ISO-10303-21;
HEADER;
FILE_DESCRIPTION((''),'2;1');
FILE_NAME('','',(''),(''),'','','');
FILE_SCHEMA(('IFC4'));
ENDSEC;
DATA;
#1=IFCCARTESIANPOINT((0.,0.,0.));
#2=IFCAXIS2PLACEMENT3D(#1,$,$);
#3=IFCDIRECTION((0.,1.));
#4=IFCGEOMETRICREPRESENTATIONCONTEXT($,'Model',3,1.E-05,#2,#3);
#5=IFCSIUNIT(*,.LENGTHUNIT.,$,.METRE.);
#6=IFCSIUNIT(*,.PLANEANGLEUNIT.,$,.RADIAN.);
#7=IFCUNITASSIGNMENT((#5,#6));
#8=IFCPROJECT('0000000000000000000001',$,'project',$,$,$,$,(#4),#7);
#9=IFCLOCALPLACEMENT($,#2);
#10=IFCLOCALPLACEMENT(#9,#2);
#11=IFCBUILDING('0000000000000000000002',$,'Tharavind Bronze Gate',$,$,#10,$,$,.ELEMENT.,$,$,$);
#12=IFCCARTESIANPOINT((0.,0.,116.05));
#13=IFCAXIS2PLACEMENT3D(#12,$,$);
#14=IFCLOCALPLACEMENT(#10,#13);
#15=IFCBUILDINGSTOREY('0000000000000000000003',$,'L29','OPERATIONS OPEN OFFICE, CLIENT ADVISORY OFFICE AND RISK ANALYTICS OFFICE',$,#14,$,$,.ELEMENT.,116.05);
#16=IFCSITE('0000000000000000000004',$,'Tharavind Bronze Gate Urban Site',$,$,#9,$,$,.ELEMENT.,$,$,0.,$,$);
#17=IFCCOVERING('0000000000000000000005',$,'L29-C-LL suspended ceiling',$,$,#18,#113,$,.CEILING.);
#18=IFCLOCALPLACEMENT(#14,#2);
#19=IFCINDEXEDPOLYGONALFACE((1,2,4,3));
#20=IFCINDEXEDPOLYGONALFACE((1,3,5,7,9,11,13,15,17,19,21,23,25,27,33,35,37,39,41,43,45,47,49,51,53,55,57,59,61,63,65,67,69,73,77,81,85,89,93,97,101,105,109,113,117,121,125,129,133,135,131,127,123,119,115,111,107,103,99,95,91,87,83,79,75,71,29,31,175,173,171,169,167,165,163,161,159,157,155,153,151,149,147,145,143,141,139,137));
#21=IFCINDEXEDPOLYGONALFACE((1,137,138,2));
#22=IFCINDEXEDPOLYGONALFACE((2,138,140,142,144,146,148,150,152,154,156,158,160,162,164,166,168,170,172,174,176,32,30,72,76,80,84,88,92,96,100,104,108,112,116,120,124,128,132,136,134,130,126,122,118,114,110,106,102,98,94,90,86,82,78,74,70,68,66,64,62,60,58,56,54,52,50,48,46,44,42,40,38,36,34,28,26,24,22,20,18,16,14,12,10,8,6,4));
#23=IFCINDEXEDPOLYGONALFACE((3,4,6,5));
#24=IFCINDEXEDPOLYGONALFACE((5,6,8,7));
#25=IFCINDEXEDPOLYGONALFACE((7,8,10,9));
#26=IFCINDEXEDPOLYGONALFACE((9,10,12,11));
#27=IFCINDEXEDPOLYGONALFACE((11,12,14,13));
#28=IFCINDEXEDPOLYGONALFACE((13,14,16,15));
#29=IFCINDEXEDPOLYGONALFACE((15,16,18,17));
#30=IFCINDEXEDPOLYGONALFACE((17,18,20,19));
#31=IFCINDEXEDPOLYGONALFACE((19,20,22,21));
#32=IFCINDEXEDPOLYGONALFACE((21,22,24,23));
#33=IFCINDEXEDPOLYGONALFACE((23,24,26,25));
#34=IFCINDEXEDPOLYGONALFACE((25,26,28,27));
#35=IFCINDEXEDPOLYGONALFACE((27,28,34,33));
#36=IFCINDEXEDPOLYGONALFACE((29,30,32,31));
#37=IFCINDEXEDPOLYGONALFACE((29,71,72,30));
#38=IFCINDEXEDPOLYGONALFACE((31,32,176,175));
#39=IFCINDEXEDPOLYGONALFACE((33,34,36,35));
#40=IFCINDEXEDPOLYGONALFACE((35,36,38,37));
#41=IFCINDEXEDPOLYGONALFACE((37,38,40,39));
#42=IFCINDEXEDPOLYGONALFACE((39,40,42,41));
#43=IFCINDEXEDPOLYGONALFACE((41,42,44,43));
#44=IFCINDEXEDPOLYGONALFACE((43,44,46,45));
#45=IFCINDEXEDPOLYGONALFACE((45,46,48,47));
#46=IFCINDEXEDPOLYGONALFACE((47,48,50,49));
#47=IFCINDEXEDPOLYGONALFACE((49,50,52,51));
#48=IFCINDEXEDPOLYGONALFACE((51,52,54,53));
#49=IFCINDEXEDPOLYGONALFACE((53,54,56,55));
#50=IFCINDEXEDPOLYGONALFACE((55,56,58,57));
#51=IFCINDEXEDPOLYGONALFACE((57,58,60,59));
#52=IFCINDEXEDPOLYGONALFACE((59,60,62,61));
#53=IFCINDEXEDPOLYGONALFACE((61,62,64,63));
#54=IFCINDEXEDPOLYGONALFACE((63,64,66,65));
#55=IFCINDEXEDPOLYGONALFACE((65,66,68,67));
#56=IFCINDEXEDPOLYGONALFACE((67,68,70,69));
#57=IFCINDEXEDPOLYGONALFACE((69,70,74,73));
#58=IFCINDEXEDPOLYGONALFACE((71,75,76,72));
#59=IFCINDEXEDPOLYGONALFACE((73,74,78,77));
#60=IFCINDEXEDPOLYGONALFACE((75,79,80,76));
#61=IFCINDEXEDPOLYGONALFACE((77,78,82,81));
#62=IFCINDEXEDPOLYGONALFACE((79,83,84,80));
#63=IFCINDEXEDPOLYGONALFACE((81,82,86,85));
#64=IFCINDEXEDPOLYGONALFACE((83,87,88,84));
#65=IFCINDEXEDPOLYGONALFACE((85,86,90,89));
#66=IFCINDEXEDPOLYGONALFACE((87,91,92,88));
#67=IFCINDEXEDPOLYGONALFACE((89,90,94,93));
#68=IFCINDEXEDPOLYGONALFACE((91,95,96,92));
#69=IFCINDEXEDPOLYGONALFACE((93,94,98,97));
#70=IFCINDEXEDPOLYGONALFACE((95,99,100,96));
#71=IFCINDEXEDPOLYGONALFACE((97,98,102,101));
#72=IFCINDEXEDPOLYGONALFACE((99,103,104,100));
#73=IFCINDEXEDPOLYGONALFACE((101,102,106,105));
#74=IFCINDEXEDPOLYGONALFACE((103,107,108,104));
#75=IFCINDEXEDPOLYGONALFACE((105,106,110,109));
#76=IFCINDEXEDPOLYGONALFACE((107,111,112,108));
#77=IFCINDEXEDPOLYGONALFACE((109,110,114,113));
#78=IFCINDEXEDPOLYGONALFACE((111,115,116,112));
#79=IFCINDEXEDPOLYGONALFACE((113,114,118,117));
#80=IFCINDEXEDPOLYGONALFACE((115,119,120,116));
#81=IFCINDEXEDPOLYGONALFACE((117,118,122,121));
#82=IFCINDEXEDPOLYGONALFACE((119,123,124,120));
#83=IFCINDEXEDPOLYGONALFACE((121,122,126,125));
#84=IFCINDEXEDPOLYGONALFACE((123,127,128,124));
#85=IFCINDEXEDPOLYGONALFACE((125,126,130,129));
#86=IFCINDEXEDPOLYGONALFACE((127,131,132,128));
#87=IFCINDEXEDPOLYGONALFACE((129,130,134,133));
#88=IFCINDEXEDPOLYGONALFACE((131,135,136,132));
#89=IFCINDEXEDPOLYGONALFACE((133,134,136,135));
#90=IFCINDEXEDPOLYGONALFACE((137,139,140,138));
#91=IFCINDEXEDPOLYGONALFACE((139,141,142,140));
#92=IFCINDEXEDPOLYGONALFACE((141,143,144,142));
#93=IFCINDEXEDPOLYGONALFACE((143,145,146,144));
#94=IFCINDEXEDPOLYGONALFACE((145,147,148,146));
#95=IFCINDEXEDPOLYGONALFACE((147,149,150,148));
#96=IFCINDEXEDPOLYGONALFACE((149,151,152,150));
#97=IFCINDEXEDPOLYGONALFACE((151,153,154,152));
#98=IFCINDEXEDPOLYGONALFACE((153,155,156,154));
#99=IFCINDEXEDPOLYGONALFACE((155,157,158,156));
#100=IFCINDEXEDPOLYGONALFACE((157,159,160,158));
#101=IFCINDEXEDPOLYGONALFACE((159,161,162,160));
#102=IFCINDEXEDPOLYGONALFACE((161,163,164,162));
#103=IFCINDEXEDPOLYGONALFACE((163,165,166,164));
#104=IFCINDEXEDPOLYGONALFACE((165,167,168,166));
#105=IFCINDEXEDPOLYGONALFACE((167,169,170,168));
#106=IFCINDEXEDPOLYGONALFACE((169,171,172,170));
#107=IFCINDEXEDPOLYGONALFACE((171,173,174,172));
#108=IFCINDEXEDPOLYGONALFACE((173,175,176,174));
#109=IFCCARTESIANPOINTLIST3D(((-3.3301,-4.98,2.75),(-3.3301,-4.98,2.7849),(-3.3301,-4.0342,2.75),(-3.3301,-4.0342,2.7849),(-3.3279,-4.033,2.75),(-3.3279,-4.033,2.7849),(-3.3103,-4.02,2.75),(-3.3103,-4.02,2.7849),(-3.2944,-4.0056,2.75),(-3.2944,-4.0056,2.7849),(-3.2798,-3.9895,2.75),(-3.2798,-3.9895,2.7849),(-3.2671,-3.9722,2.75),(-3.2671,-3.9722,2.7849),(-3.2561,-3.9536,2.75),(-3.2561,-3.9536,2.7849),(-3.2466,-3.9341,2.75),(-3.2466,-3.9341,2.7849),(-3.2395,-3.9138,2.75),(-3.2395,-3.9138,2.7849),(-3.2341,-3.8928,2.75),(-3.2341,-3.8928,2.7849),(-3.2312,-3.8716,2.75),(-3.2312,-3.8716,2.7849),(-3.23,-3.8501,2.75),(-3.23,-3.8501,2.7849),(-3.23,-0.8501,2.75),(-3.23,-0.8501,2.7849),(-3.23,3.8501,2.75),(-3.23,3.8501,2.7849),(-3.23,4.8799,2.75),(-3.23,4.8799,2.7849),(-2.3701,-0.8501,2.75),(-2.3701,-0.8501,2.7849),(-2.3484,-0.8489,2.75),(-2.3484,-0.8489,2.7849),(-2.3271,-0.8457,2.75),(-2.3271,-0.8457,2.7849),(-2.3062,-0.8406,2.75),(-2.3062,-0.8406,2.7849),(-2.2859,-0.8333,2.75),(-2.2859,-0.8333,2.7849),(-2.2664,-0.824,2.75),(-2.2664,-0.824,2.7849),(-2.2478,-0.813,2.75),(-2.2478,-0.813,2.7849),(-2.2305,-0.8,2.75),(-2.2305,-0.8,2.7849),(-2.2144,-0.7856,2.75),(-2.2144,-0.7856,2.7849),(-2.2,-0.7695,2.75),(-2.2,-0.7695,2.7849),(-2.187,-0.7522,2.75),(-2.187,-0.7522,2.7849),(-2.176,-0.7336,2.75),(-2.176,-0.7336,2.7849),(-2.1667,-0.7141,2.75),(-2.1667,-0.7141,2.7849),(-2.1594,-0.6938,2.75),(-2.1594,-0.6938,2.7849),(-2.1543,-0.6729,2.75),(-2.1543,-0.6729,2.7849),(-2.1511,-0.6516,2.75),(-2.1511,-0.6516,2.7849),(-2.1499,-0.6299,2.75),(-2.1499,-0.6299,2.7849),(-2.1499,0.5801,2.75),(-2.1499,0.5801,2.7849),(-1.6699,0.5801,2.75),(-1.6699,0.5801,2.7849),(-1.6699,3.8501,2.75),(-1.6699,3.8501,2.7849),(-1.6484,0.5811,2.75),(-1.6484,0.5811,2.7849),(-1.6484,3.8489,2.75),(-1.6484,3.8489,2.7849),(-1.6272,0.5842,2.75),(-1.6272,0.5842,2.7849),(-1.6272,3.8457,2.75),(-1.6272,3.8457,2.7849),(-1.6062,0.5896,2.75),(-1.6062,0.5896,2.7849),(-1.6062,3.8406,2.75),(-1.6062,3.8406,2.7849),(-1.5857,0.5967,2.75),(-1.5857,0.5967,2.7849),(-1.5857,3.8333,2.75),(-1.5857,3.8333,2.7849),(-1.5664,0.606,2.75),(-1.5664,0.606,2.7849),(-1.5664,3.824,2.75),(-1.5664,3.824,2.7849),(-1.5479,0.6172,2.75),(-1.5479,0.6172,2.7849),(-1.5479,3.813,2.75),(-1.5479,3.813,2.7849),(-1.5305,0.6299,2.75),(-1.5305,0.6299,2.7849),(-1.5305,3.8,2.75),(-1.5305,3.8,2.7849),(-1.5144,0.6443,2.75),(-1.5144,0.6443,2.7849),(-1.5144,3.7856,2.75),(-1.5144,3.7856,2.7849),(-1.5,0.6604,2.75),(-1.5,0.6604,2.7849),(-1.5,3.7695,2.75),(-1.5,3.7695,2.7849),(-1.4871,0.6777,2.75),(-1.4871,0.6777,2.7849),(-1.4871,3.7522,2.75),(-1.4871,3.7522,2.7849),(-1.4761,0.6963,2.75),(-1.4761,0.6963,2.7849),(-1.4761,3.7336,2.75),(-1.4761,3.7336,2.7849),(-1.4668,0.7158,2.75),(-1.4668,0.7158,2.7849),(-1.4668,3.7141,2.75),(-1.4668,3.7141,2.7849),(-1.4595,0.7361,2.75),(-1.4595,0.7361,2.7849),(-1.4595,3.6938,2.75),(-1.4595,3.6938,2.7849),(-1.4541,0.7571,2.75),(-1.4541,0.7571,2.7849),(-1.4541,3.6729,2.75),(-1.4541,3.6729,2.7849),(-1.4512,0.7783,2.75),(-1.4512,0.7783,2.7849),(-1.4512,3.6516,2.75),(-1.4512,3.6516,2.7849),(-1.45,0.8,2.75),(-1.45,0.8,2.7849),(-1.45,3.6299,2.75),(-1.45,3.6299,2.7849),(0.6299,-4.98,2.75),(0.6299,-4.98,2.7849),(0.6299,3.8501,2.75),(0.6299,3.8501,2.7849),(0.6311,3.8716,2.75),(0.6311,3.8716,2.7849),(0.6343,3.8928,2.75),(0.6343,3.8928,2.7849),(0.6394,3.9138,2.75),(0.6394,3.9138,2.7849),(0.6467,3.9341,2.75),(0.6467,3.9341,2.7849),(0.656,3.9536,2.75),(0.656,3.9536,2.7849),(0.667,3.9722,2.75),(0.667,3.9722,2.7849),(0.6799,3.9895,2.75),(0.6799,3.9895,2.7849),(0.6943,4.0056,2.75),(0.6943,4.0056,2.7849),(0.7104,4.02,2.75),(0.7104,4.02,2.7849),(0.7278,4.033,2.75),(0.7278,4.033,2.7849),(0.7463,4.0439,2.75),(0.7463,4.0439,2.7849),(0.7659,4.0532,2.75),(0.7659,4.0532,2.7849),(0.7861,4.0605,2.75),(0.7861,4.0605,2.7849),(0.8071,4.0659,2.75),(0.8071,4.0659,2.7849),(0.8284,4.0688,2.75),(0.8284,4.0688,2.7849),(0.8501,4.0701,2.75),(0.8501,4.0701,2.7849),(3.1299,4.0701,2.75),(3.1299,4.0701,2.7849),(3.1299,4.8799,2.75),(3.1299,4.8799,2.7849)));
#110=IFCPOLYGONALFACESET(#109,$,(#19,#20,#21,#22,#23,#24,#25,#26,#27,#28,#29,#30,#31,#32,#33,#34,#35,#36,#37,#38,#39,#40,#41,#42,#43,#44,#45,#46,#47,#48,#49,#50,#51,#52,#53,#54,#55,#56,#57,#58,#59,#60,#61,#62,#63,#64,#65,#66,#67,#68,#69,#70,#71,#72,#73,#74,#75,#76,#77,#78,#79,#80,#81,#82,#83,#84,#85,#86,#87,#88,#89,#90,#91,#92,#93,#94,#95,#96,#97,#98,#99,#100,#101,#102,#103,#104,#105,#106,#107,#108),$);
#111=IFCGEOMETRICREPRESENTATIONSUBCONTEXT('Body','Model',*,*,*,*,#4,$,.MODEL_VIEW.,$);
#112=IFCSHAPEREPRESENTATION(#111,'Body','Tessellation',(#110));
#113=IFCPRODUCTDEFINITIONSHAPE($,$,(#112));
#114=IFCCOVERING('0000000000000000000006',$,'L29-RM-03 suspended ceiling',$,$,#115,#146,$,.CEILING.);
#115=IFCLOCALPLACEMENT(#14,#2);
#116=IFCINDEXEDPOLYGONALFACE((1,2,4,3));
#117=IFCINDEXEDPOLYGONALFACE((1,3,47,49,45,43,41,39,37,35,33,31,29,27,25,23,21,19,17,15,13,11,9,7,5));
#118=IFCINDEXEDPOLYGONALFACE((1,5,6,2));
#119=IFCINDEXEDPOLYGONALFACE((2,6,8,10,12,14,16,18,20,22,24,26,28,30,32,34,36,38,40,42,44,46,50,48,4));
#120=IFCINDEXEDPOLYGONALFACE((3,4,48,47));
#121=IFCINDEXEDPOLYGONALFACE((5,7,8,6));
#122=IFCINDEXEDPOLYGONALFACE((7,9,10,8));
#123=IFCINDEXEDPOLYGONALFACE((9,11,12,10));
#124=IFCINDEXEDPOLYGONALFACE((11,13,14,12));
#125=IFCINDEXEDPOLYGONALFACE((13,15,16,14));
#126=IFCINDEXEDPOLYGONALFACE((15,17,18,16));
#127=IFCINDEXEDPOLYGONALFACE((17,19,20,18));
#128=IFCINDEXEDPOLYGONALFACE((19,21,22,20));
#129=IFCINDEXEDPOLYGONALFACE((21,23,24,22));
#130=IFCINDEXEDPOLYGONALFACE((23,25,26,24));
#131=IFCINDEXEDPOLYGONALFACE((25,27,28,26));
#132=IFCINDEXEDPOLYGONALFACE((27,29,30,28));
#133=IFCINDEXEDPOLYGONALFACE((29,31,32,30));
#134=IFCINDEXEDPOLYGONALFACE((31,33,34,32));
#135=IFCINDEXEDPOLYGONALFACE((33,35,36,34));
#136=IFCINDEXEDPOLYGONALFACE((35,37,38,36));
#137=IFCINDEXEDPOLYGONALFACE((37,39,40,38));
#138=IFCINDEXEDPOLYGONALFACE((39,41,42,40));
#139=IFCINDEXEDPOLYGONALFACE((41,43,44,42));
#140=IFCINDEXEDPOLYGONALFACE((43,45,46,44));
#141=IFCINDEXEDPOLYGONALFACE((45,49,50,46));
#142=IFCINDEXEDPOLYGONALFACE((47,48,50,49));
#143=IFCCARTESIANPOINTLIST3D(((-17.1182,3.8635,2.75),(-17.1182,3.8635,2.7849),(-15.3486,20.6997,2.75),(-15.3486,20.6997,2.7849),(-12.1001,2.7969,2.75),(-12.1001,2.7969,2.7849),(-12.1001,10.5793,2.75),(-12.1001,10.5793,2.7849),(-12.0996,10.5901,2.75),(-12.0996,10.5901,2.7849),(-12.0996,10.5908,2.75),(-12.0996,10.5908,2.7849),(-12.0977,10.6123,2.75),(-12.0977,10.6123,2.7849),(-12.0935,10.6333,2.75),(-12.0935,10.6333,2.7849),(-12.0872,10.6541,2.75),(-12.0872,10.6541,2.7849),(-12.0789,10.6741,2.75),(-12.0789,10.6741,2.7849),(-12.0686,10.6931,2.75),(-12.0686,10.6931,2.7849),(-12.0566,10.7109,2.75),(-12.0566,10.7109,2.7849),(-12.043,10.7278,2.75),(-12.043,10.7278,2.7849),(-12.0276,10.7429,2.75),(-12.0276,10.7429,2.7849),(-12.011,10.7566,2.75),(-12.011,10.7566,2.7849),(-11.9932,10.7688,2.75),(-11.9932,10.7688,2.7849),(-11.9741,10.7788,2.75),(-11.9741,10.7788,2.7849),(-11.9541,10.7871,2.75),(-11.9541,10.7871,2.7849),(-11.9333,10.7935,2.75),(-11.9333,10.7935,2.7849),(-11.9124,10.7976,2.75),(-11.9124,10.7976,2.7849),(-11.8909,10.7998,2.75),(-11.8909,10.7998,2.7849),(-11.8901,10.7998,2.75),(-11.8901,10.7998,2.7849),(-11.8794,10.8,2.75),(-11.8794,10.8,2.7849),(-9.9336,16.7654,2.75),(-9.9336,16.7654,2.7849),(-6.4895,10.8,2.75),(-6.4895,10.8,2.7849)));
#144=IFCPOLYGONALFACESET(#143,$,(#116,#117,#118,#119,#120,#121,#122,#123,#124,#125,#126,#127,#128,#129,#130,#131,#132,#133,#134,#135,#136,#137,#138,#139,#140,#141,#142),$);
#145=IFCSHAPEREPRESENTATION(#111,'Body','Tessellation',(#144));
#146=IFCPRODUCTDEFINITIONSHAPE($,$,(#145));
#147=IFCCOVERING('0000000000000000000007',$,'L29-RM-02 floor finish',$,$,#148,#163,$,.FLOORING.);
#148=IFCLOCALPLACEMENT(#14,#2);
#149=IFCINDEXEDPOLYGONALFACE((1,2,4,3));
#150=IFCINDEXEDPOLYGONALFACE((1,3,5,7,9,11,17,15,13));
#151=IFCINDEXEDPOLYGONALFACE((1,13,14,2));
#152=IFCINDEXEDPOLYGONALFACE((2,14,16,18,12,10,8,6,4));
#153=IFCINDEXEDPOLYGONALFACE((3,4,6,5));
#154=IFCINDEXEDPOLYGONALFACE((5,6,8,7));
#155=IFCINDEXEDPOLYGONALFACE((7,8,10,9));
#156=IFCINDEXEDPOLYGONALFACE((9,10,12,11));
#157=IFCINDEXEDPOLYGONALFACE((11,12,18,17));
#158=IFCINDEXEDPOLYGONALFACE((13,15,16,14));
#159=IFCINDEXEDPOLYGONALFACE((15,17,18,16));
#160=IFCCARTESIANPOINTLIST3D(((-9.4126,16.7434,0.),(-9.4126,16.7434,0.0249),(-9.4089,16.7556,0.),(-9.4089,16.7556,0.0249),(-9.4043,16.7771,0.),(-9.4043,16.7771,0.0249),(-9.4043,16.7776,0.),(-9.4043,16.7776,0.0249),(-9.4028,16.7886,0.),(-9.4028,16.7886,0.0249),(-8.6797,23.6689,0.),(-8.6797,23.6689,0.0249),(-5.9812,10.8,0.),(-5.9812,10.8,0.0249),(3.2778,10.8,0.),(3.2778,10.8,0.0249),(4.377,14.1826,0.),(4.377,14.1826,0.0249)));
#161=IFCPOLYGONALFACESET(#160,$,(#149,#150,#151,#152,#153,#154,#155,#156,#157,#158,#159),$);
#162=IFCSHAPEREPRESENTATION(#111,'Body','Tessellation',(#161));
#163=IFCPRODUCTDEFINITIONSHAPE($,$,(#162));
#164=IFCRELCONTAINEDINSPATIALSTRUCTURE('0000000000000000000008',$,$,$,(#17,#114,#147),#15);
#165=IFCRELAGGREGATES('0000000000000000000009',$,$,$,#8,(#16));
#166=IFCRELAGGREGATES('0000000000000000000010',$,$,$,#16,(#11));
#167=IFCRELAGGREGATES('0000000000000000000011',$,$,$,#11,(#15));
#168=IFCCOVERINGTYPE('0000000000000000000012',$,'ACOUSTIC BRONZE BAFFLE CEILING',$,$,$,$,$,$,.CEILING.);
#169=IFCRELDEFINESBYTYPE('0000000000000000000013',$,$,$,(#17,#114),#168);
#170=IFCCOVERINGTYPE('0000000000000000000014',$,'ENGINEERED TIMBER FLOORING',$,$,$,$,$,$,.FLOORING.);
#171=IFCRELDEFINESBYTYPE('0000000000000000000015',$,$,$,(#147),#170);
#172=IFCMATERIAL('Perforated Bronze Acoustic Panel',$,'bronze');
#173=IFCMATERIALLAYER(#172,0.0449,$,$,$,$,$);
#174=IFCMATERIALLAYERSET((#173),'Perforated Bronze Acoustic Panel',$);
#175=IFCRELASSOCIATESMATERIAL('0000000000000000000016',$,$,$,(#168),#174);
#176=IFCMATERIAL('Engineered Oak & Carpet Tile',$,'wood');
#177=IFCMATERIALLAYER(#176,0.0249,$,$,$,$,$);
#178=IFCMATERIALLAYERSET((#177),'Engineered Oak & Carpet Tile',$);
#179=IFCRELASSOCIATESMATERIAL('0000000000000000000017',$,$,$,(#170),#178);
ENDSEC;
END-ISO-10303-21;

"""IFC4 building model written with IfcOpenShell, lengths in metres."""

from ifc_helpers import new_model, si_unit, direction, frame, origin, place, context, subcontext, project, spatial, polyline, outline, extrude, material, layer, layer_set, type_object, element, save


model = new_model("IFC4")

# Units and contexts
model_context = context("Model", 3, precision=1e-05, world=origin(), true_north=direction((0.0, 1.0)))
body_context = subcontext(model_context, "Body", "Model", "MODEL_VIEW")
ifc_project = project(units=[si_unit("LENGTHUNIT", "METRE"), si_unit("PLANEANGLEUNIT", "RADIAN")], contexts=[model_context])

# Site, building, storey
site_placement = place(None, origin())
site = spatial("IfcSite", under=ifc_project, at=site_placement, Name="Tharavind Bronze Gate Urban Site", CompositionType="ELEMENT", RefElevation=0.0)
building_placement = place(site_placement, origin())
building = spatial("IfcBuilding", under=site, at=building_placement, Name="Tharavind Bronze Gate", CompositionType="ELEMENT")
storey_placement = place(building_placement, frame((0.0, 0.0, 116.05)))
storey = spatial("IfcBuildingStorey", under=building, at=storey_placement, Name="L29", Description="OPERATIONS OPEN OFFICE, CLIENT ADVISORY OFFICE AND RISK ANALYTICS OFFICE", CompositionType="ELEMENT", Elevation=116.05)

# Coverings
ifc_material_1 = material(Name="Perforated Bronze Acoustic Panel", Category="bronze")
ifc_layer_1 = layer(ifc_material_1, 0.0449)
ifc_layer_set_1 = layer_set([ifc_layer_1], Name="Perforated Bronze Acoustic Panel")
covering_type_1 = type_object("IfcCoveringType", Name="ACOUSTIC BRONZE BAFFLE CEILING", PredefinedType="CEILING", material=ifc_layer_set_1)
covering_1_placement = place(storey_placement, frame((0.0, 0.0, 2.75)))
element("IfcCovering", 1, at=covering_1_placement, inside=storey, type_object=covering_type_1, Name="L29-C-LL suspended ceiling", PredefinedType="CEILING", context=body_context, shape_type="SweptSolid", body=[
    extrude(outline(polyline([(-3.3301, -4.98), (0.6299, -4.98), (0.6299, 3.8501), (0.6311, 3.8716), (0.6343, 3.8928), (0.6394, 3.9138), (0.6467, 3.9341), (0.656, 3.9536), (0.667, 3.9722), (0.6799, 3.9895), (0.6943, 4.0056), (0.7104, 4.02), (0.7278, 4.033), (0.7463, 4.0439), (0.7659, 4.0532), (0.7861, 4.0605), (0.8071, 4.0659), (0.8284, 4.0688), (0.8501, 4.0701), (3.1299, 4.0701), (3.1299, 4.8799), (-3.23, 4.8799), (-3.23, 3.8501), (-1.6699, 3.8501), (-1.6484, 3.8489), (-1.6272, 3.8457), (-1.6062, 3.8406), (-1.5857, 3.8333), (-1.5664, 3.824), (-1.5479, 3.813), (-1.5305, 3.8), (-1.5144, 3.7856), (-1.5, 3.7695), (-1.4871, 3.7522), (-1.4761, 3.7336), (-1.4668, 3.7141), (-1.4595, 3.6938), (-1.4541, 3.6729), (-1.4512, 3.6516), (-1.45, 3.6299), (-1.45, 0.8), (-1.4512, 0.7783), (-1.4541, 0.7571), (-1.4595, 0.7361), (-1.4668, 0.7158), (-1.4761, 0.6963), (-1.4871, 0.6777), (-1.5, 0.6604), (-1.5144, 0.6443), (-1.5305, 0.6299), (-1.5479, 0.6172), (-1.5664, 0.606), (-1.5857, 0.5967), (-1.6062, 0.5896), (-1.6272, 0.5842), (-1.6484, 0.5811), (-1.6699, 0.5801), (-2.1499, 0.5801), (-2.1499, -0.6299), (-2.1511, -0.6516), (-2.1543, -0.6729), (-2.1594, -0.6938), (-2.1667, -0.7141), (-2.176, -0.7336), (-2.187, -0.7522), (-2.2, -0.7695), (-2.2144, -0.7856), (-2.2305, -0.8), (-2.2478, -0.813), (-2.2664, -0.824), (-2.2859, -0.8333), (-2.3062, -0.8406), (-2.3271, -0.8457), (-2.3484, -0.8489), (-2.3701, -0.8501), (-3.23, -0.8501), (-3.23, -3.8501), (-3.2312, -3.8716), (-3.2341, -3.8928), (-3.2395, -3.9138), (-3.2466, -3.9341), (-3.2561, -3.9536), (-3.2671, -3.9722), (-3.2798, -3.9895), (-3.2944, -4.0056), (-3.3103, -4.02), (-3.3279, -4.033), (-3.3301, -4.0342), (-3.3301, -4.98)])), origin(), (0.0, 0.0, 1.0), 0.0349),
])
covering_2_placement = place(storey_placement, frame((0.0, 0.0, 2.75)))
element("IfcCovering", 2, at=covering_2_placement, inside=storey, type_object=covering_type_1, Name="L29-RM-03 suspended ceiling", PredefinedType="CEILING", context=body_context, shape_type="SweptSolid", body=[
    extrude(outline(polyline([(-12.1001, 2.7969), (-12.1001, 10.5793), (-12.0996, 10.5901), (-12.0996, 10.5908), (-12.0977, 10.6123), (-12.0935, 10.6333), (-12.0872, 10.6541), (-12.0789, 10.6741), (-12.0686, 10.6931), (-12.0566, 10.7109), (-12.043, 10.7278), (-12.0276, 10.7429), (-12.011, 10.7566), (-11.9932, 10.7688), (-11.9741, 10.7788), (-11.9541, 10.7871), (-11.9333, 10.7935), (-11.9124, 10.7976), (-11.8909, 10.7998), (-11.8901, 10.7998), (-11.8794, 10.8), (-6.4895, 10.8), (-9.9336, 16.7654), (-15.3486, 20.6997), (-17.1182, 3.8635), (-12.1001, 2.7969)])), origin(), (0.0, 0.0, 1.0), 0.0349),
])
ifc_material_2 = material(Name="Engineered Oak & Carpet Tile", Category="wood")
ifc_layer_2 = layer(ifc_material_2, 0.0249)
ifc_layer_set_2 = layer_set([ifc_layer_2], Name="Engineered Oak & Carpet Tile")
covering_type_2 = type_object("IfcCoveringType", Name="ENGINEERED TIMBER FLOORING", PredefinedType="FLOORING", material=ifc_layer_set_2)
covering_3_placement = place(storey_placement, origin())
element("IfcCovering", 3, at=covering_3_placement, inside=storey, type_object=covering_type_2, Name="L29-RM-02 floor finish", PredefinedType="FLOORING", context=body_context, shape_type="SweptSolid", body=[
    extrude(outline(polyline([(-5.9812, 10.8), (3.2778, 10.8), (4.377, 14.1826), (-8.6797, 23.6689), (-9.4028, 16.7886), (-9.4043, 16.7776), (-9.4043, 16.7771), (-9.4089, 16.7556), (-9.4126, 16.7434), (-5.9812, 10.8)])), origin(), (0.0, 0.0, 1.0), 0.0249),
])

save(model, "model.ifc")
